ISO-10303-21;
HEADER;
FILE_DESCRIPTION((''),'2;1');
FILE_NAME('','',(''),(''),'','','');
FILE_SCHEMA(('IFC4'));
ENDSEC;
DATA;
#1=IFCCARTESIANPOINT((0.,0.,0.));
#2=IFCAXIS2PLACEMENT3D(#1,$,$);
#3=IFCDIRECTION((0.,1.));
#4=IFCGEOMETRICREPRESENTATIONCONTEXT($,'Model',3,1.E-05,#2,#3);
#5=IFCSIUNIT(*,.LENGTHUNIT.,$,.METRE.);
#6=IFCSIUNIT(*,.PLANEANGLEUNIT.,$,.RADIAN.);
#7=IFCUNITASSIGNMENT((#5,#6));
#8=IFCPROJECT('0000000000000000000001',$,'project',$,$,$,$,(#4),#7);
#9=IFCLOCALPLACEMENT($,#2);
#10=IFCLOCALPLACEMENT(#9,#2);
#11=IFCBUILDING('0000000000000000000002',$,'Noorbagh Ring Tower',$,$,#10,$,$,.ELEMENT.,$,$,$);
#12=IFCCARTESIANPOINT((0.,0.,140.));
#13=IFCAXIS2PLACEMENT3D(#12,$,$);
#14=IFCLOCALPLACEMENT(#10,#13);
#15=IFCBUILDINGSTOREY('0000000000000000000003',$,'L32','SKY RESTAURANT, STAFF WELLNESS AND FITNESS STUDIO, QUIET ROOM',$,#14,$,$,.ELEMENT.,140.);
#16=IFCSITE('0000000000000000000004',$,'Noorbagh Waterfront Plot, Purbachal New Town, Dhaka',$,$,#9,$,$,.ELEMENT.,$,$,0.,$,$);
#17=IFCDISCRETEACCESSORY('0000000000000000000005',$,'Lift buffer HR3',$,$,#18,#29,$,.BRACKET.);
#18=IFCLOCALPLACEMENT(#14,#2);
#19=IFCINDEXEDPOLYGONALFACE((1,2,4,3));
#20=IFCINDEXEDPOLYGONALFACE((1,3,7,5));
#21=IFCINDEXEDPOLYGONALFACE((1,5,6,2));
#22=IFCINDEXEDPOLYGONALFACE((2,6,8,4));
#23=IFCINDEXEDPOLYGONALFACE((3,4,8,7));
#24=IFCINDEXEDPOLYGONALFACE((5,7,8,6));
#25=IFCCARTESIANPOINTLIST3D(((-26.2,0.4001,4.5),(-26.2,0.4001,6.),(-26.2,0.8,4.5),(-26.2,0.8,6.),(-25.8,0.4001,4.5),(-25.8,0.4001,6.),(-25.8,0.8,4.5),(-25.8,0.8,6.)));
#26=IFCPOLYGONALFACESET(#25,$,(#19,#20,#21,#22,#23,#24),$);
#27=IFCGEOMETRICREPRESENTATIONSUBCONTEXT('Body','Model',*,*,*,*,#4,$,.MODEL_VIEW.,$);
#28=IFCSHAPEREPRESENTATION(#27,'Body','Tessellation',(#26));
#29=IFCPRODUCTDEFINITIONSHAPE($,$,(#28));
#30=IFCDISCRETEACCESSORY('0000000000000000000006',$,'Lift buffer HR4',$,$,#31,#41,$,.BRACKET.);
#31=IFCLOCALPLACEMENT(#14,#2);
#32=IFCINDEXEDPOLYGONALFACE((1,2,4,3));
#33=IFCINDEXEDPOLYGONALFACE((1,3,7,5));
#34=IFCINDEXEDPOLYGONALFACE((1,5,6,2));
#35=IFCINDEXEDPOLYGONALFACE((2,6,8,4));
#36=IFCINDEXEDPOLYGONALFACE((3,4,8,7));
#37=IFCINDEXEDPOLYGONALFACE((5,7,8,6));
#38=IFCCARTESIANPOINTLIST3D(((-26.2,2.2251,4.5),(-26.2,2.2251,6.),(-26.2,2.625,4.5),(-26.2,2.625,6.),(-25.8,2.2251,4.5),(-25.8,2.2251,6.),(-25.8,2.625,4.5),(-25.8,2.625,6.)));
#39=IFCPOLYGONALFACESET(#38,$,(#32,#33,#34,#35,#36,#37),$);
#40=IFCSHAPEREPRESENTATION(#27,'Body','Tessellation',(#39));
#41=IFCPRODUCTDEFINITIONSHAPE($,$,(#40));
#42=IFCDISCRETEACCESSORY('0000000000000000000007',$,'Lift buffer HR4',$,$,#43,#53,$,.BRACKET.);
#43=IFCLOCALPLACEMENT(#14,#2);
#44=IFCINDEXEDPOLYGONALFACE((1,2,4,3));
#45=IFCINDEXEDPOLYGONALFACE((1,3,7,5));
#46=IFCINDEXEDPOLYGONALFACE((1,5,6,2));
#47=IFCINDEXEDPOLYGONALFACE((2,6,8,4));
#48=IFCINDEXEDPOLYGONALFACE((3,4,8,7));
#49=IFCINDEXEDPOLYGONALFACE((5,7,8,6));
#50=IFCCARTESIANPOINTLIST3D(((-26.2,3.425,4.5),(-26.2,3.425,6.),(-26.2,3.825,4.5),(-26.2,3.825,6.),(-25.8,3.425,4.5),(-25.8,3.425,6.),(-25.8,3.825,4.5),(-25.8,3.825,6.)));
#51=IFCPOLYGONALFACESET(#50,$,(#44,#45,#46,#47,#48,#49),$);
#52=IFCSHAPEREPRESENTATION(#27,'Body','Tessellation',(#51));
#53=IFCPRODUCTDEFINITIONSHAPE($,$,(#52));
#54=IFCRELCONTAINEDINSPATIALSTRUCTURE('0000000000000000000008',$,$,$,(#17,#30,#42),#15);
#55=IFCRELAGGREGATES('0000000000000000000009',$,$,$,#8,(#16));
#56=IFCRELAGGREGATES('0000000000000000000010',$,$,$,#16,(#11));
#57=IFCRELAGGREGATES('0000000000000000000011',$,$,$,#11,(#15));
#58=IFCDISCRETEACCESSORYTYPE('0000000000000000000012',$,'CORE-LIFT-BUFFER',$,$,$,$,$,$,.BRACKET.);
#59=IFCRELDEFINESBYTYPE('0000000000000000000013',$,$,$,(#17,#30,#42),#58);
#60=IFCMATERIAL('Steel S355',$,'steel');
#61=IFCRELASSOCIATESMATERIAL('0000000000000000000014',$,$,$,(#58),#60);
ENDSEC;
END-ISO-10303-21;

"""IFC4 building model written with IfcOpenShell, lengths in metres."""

from ifc_helpers import new_model, si_unit, direction, frame, origin, origin_2d, place, context, subcontext, project, spatial, rectangle, extrude, material, type_object, element, save


model = new_model("IFC4")

# Units and contexts
model_context = context("Model", 3, precision=1e-05, world=origin(), true_north=direction((0.0, 1.0)))
body_context = subcontext(model_context, "Body", "Model", "MODEL_VIEW")
ifc_project = project(units=[si_unit("LENGTHUNIT", "METRE"), si_unit("PLANEANGLEUNIT", "RADIAN")], contexts=[model_context])

# Site, building, storey
site_placement = place(None, origin())
site = spatial("IfcSite", under=ifc_project, at=site_placement, Name="Noorbagh Waterfront Plot, Purbachal New Town, Dhaka", CompositionType="ELEMENT", RefElevation=0.0)
building_placement = place(site_placement, origin())
building = spatial("IfcBuilding", under=site, at=building_placement, Name="Noorbagh Ring Tower", CompositionType="ELEMENT")
storey_placement = place(building_placement, frame((0.0, 0.0, 140.0)))
storey = spatial("IfcBuildingStorey", under=building, at=storey_placement, Name="L32", Description="SKY RESTAURANT, STAFF WELLNESS AND FITNESS STUDIO, QUIET ROOM", CompositionType="ELEMENT", Elevation=140.0)

# Discrete accessories
ifc_material_1 = material(Name="Steel S355", Category="steel")
discrete_accessory_type = type_object("IfcDiscreteAccessoryType", Name="CORE-LIFT-BUFFER", PredefinedType="BRACKET", material=ifc_material_1)
for number, where, z_axis, x_axis, name in (
    (1, (-26.0, 0.6001, 4.5), (0.0, 0.0, 1.0), (1.0, 0.0, 0.0), "Lift buffer HR3"),
    (2, (-26.0, 2.425, 4.5), (0.0, 0.0, 1.0), (1.0, 0.0, 0.0), "Lift buffer HR4"),
    (3, (-26.0, 3.625, 4.5), (0.0, 0.0, 1.0), (1.0, 0.0, 0.0), "Lift buffer HR4"),
):
    element("IfcDiscreteAccessory", number, at=place(storey_placement, frame(where, z_axis=z_axis, x_axis=x_axis)), inside=storey, type_object=discrete_accessory_type, Name=name, PredefinedType="BRACKET", context=body_context, shape_type="SweptSolid", body=[
        extrude(rectangle(XDim=0.3999, YDim=0.3999, at=origin_2d()), origin(), (0.0, 0.0, 1.0), 1.5),
    ])

save(model, "model.ifc")
